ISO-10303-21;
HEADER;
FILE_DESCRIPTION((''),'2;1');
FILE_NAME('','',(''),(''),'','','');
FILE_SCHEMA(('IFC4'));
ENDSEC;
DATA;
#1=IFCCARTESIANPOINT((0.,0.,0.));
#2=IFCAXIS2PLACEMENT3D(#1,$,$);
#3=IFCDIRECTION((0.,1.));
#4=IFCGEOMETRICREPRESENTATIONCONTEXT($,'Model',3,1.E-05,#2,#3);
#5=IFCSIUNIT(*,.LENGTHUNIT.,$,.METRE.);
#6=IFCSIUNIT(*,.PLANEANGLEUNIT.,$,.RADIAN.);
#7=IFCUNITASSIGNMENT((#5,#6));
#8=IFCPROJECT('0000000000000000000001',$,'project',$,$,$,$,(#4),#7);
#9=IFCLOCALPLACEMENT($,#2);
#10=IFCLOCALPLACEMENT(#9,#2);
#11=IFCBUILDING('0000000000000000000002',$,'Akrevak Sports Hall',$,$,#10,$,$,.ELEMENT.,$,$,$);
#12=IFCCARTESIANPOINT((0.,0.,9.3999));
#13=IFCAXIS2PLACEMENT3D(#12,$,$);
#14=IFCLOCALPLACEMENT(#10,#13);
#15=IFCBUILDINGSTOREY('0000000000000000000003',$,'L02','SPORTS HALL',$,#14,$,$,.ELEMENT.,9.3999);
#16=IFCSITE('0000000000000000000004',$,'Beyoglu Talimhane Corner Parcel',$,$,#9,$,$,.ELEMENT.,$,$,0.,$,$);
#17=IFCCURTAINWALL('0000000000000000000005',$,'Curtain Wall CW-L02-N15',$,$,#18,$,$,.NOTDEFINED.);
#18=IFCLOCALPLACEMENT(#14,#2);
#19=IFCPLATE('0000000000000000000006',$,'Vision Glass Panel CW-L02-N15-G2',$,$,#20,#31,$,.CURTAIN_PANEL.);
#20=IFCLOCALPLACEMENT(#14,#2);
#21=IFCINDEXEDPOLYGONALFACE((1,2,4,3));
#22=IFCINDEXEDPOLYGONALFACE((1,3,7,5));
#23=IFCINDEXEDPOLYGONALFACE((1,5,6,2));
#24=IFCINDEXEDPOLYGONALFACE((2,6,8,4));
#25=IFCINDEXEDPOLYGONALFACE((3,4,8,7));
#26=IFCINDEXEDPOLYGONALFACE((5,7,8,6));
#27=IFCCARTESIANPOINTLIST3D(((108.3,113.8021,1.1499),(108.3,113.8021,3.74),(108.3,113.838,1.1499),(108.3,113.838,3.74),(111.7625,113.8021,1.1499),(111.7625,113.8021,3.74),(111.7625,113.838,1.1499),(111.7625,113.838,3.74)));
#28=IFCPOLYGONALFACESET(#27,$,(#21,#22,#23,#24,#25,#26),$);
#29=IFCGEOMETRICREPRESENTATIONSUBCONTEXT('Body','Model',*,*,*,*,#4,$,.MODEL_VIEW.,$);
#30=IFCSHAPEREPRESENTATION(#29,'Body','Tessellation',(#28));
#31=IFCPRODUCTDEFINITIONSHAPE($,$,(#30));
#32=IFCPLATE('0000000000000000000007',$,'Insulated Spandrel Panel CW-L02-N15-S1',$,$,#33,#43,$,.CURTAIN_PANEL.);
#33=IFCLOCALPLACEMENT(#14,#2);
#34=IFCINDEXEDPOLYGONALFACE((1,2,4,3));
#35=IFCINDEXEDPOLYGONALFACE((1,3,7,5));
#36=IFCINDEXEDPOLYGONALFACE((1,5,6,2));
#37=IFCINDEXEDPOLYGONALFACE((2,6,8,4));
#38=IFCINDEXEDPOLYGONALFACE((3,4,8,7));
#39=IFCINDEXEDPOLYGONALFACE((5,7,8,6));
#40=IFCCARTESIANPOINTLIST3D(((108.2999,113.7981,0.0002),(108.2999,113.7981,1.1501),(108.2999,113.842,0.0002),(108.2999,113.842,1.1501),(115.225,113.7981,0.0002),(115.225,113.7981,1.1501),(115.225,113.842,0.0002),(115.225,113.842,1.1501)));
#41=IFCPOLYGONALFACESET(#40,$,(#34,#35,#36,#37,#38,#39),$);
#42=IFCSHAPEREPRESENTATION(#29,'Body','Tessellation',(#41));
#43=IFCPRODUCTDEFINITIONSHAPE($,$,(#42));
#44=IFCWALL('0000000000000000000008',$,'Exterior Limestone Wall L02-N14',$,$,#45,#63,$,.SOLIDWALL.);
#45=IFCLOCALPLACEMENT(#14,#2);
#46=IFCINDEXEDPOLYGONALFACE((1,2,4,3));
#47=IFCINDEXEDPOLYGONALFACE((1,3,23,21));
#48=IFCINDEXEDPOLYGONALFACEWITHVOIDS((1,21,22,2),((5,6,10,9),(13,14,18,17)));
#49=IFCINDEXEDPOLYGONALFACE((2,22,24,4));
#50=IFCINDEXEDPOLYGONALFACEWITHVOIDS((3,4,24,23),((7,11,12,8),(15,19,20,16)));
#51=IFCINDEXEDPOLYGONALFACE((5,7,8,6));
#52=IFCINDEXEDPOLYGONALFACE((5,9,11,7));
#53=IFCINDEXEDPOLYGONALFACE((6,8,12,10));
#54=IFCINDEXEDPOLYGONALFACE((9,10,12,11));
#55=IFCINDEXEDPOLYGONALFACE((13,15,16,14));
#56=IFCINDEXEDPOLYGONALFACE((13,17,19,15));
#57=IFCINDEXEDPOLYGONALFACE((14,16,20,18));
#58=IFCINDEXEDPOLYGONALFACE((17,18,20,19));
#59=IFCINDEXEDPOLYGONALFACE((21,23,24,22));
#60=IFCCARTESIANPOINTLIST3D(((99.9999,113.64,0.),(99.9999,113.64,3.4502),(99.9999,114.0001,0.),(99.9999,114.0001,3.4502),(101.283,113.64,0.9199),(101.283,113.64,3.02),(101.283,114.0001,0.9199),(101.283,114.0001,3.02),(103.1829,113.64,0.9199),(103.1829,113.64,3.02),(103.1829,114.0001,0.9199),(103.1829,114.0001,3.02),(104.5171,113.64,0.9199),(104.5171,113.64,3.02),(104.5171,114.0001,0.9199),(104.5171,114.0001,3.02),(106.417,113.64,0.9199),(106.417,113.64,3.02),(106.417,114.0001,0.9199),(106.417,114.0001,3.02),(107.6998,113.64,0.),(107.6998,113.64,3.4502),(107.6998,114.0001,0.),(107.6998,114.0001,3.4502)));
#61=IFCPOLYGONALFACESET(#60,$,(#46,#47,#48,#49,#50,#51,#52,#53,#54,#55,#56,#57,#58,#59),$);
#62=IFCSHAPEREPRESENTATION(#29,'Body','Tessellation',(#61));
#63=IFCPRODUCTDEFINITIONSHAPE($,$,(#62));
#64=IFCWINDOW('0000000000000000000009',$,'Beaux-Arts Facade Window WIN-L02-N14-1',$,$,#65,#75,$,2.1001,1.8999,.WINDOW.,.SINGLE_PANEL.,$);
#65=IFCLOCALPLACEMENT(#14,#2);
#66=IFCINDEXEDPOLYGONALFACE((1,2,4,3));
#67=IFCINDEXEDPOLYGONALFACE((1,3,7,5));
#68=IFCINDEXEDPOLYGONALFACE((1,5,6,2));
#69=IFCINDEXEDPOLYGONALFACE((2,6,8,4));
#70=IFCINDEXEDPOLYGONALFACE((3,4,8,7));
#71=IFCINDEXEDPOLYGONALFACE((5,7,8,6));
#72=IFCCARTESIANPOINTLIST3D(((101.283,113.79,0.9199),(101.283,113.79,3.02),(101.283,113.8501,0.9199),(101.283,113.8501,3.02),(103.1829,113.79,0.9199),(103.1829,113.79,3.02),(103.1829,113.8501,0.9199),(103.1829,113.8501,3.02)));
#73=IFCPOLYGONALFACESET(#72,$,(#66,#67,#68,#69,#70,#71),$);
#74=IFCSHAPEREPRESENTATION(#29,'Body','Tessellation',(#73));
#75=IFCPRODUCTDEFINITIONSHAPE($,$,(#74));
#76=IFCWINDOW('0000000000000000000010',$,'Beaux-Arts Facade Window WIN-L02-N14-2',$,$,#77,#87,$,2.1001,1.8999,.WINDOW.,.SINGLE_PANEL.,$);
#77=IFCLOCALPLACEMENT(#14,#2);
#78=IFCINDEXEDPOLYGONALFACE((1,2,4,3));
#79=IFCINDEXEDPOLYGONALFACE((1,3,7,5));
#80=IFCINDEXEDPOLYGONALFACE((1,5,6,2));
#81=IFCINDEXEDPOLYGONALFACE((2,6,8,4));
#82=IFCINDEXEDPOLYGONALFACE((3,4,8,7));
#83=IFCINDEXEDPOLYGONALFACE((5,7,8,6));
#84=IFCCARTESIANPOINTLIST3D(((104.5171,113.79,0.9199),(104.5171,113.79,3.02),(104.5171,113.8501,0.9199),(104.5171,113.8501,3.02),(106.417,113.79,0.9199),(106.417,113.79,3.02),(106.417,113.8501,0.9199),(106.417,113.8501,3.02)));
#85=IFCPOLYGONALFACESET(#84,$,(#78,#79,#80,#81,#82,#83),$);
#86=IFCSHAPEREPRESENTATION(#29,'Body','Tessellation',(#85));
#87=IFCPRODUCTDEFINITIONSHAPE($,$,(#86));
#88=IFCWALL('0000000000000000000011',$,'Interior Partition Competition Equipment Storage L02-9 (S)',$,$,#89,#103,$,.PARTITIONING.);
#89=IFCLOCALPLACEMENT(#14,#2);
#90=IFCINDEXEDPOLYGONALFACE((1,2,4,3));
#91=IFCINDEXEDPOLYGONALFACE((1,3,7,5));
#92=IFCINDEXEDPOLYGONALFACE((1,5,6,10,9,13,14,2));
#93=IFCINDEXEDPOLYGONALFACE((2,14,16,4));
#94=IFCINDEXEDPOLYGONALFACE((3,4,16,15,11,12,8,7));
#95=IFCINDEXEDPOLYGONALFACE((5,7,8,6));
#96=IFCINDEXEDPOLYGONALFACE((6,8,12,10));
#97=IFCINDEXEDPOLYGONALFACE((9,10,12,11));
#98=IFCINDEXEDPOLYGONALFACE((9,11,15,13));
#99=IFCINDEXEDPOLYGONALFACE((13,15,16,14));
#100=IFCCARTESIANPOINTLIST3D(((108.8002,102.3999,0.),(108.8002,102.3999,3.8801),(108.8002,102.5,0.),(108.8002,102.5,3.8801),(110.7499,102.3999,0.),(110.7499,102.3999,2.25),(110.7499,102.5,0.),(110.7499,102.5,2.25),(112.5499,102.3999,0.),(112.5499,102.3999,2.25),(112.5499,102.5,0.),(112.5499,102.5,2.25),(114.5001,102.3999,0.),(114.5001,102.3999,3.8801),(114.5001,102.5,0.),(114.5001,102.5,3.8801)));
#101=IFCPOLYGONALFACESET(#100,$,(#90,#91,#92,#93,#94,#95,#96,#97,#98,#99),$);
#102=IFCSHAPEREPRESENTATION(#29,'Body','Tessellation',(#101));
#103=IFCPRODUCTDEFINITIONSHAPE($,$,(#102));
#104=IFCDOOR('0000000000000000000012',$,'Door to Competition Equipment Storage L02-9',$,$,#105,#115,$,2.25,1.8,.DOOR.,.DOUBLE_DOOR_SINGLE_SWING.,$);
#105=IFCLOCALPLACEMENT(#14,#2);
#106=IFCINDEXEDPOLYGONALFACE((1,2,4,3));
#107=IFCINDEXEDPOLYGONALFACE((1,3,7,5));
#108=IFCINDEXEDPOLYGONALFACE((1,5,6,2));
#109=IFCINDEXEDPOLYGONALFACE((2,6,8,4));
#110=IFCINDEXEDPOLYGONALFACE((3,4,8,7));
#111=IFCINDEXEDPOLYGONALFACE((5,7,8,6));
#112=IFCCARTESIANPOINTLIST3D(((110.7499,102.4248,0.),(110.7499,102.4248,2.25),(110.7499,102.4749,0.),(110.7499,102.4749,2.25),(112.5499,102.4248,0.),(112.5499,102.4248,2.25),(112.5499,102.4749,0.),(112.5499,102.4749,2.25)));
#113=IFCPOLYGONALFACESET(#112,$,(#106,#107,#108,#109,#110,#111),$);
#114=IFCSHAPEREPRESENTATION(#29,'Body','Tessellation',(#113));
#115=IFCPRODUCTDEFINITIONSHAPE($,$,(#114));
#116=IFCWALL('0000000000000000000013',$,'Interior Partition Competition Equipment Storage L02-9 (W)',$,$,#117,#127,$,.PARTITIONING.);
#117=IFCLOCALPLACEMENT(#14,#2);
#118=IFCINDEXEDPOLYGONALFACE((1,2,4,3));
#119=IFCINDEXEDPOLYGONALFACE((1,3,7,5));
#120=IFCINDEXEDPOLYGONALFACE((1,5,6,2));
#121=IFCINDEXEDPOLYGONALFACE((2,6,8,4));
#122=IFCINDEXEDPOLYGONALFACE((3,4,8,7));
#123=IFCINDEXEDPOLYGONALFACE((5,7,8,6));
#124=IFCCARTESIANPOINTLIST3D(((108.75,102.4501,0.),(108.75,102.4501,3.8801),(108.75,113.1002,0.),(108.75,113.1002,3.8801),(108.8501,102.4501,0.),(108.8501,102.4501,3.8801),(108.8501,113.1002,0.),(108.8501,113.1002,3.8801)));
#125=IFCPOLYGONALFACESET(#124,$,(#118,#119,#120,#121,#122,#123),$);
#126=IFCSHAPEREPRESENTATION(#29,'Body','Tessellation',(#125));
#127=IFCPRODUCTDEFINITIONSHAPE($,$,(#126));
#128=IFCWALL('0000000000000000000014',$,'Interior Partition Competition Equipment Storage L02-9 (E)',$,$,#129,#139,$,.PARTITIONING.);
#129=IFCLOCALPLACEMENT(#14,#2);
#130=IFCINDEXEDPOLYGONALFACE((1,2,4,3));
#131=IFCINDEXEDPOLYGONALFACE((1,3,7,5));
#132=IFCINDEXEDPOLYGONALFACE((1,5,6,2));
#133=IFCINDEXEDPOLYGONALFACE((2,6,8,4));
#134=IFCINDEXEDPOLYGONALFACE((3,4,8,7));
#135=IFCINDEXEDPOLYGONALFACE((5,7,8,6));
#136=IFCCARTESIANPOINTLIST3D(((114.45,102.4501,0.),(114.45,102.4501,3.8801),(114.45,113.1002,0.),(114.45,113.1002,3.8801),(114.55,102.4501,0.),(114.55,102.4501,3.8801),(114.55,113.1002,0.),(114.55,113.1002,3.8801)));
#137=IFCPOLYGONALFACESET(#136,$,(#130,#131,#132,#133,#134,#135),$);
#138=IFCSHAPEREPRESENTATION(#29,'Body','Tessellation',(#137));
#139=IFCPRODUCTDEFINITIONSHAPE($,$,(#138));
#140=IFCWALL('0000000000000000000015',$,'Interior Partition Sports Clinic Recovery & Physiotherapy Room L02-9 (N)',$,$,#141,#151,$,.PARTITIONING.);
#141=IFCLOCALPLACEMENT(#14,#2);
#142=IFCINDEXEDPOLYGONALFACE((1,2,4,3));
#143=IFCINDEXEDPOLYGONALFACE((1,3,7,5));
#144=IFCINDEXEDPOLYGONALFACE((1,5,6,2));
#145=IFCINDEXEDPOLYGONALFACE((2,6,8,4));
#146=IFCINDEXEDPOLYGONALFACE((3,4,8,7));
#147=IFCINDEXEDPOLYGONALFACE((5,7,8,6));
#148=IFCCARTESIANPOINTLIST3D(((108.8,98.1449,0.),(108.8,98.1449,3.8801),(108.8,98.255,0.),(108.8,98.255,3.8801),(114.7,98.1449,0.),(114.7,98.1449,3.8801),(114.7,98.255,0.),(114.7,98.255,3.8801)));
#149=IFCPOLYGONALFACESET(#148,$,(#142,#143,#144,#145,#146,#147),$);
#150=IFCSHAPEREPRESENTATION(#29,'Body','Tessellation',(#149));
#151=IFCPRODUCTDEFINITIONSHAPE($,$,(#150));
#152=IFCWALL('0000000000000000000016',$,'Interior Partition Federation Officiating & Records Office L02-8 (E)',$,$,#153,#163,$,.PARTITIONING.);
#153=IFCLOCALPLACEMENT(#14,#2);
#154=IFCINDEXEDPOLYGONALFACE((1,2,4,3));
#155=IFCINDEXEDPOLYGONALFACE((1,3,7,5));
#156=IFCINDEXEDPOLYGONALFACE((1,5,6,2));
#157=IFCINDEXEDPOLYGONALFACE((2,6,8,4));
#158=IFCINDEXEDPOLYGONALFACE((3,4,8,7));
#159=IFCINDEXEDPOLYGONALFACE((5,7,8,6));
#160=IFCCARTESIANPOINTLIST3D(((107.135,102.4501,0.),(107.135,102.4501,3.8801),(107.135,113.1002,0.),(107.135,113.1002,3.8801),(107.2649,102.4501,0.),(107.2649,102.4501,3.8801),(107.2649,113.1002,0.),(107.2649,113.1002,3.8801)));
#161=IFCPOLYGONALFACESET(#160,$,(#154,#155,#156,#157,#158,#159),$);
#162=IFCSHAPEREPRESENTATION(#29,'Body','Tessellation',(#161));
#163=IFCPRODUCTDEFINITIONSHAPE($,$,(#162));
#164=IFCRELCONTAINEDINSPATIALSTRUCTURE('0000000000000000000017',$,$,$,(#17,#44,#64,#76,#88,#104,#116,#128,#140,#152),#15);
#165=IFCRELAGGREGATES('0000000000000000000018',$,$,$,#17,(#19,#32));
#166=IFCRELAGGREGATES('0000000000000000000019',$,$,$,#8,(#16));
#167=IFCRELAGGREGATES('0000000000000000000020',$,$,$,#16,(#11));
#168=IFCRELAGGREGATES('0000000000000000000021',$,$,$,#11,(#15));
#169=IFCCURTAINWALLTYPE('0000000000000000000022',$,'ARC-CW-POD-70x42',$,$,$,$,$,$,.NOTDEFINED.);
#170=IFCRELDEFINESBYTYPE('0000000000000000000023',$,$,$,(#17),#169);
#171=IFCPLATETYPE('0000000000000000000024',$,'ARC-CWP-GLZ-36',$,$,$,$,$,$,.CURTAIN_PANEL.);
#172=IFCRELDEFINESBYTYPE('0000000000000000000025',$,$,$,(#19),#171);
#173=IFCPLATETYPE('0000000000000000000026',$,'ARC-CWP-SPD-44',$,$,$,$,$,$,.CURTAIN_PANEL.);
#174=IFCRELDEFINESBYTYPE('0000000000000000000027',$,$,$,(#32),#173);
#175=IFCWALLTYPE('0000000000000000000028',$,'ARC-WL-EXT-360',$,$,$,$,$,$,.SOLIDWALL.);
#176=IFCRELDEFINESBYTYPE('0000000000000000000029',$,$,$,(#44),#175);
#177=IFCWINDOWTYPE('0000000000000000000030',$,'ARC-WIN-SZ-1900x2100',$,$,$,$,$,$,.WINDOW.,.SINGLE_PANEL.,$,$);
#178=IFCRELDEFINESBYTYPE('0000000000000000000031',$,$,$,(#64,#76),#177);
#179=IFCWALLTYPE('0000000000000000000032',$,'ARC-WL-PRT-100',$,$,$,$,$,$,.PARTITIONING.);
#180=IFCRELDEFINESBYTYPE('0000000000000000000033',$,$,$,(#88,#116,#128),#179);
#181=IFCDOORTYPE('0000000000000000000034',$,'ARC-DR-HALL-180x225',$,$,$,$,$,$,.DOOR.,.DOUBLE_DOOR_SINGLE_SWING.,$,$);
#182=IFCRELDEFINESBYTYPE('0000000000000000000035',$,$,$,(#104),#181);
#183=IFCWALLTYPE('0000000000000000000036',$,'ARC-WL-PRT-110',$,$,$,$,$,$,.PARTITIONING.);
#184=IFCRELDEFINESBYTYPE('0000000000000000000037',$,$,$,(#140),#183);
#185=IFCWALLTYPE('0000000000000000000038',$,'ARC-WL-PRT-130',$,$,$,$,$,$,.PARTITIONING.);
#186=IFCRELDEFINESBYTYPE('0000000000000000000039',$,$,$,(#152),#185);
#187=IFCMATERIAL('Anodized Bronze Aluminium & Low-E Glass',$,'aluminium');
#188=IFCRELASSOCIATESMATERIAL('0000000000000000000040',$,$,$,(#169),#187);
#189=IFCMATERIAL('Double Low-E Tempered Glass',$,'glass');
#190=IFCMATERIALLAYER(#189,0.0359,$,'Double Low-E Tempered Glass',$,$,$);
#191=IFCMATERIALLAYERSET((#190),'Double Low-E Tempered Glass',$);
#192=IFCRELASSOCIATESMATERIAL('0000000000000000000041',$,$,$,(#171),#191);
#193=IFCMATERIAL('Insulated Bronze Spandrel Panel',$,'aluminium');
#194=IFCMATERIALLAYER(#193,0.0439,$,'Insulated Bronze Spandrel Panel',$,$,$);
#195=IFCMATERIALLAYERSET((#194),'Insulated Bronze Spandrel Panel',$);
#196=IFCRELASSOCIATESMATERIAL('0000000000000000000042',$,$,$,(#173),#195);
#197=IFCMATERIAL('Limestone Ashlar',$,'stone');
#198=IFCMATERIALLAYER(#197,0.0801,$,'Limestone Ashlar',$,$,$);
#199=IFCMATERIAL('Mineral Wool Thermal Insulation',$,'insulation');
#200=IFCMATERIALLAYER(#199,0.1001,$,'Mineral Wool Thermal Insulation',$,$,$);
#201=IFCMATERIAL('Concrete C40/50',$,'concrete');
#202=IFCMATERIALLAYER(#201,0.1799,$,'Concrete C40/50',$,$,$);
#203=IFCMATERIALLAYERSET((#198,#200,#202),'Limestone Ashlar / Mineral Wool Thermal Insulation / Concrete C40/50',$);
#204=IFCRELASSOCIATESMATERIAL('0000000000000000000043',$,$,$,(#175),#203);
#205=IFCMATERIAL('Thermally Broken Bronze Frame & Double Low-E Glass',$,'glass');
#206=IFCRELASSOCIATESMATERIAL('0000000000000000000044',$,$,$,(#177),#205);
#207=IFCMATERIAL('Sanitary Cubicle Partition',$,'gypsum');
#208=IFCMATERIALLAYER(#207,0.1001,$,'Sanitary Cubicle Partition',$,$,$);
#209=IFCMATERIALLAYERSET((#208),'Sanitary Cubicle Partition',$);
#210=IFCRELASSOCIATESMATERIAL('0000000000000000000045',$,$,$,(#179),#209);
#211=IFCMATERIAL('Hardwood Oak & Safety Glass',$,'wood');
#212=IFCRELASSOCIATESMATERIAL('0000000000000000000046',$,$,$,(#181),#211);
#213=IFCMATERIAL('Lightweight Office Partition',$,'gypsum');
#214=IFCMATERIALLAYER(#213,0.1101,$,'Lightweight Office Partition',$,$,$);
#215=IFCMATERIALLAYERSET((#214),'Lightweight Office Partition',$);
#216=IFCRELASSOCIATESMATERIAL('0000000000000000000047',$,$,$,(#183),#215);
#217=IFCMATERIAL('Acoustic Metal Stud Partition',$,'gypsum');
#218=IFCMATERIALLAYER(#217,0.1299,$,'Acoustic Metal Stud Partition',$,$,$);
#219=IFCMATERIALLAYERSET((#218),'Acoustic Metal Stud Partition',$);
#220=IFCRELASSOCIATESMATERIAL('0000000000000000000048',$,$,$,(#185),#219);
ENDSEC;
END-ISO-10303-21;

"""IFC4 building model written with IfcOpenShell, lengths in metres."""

from ifc_helpers import new_model, si_unit, direction, frame, frame_2d, origin, origin_2d, place, context, subcontext, project, spatial, rectangle, extrude, material, layer, layer_set, type_object, element, fill, aggregate, save


model = new_model("IFC4")

# Units and contexts
model_context = context("Model", 3, precision=1e-05, world=origin(), true_north=direction((0.0, 1.0)))
body_context = subcontext(model_context, "Body", "Model", "MODEL_VIEW")
ifc_project = project(units=[si_unit("LENGTHUNIT", "METRE"), si_unit("PLANEANGLEUNIT", "RADIAN")], contexts=[model_context])

# Site, building, storey
site_placement = place(None, origin())
site = spatial("IfcSite", under=ifc_project, at=site_placement, Name="Beyoglu Talimhane Corner Parcel", CompositionType="ELEMENT", RefElevation=0.0)
building_placement = place(site_placement, origin())
building = spatial("IfcBuilding", under=site, at=building_placement, Name="Akrevak Sports Hall", CompositionType="ELEMENT")
storey_placement = place(building_placement, frame((0.0, 0.0, 9.3999)))
storey = spatial("IfcBuildingStorey", under=building, at=storey_placement, Name="L02", Description="SPORTS HALL", CompositionType="ELEMENT", Elevation=9.3999)

# Shared definitions
ifc_material_1 = material(Name="Concrete C40/50", Category="concrete")

# Curtain wall
ifc_material_2 = material(Name="Anodized Bronze Aluminium & Low-E Glass", Category="aluminium")
curtain_wall_type = type_object("IfcCurtainWallType", Name="ARC-CW-POD-70x42", PredefinedType="NOTDEFINED", material=ifc_material_2)
curtain_wall_placement = place(storey_placement, origin())
curtain_wall = element("IfcCurtainWall", 1, at=curtain_wall_placement, inside=storey, type_object=curtain_wall_type, Name="Curtain Wall CW-L02-N15", PredefinedType="NOTDEFINED")

# Plates
ifc_material_3 = material(Name="Double Low-E Tempered Glass", Category="glass")
ifc_layer_1 = layer(ifc_material_3, 0.0359, Name="Double Low-E Tempered Glass")
ifc_layer_set_1 = layer_set([ifc_layer_1], Name="Double Low-E Tempered Glass")
plate_type_1 = type_object("IfcPlateType", Name="ARC-CWP-GLZ-36", PredefinedType="CURTAIN_PANEL", material=ifc_layer_set_1)
plate_1_placement = place(storey_placement, frame((110.0312, 113.8201, 1.1499), z_axis=(0.0, 0.0, 1.0), x_axis=(-1.0, 0.0, 0.0)))
plate_1 = element("IfcPlate", 2, at=plate_1_placement, type_object=plate_type_1, Name="Vision Glass Panel CW-L02-N15-G2", PredefinedType="CURTAIN_PANEL", context=body_context, shape_type="SweptSolid", body=[
    extrude(rectangle(XDim=3.4624, YDim=0.0359, at=origin_2d()), origin(), (0.0, 0.0, 1.0), 2.5901),
])
ifc_material_4 = material(Name="Insulated Bronze Spandrel Panel", Category="aluminium")
ifc_layer_2 = layer(ifc_material_4, 0.0439, Name="Insulated Bronze Spandrel Panel")
ifc_layer_set_2 = layer_set([ifc_layer_2], Name="Insulated Bronze Spandrel Panel")
plate_type_2 = type_object("IfcPlateType", Name="ARC-CWP-SPD-44", PredefinedType="CURTAIN_PANEL", material=ifc_layer_set_2)
plate_2_placement = place(storey_placement, frame((111.7625, 113.8201, 0.0002), z_axis=(0.0, 0.0, 1.0), x_axis=(-1.0, 0.0, 0.0)))
plate_2 = element("IfcPlate", 3, at=plate_2_placement, type_object=plate_type_2, Name="Insulated Spandrel Panel CW-L02-N15-S1", PredefinedType="CURTAIN_PANEL", context=body_context, shape_type="SweptSolid", body=[
    extrude(rectangle(XDim=6.925, YDim=0.0439, at=origin_2d()), origin(), (0.0, 0.0, 1.0), 1.1499),
])
aggregate(curtain_wall, [plate_1, plate_2])

# Wall, openings, windows
ifc_material_5 = material(Name="Limestone Ashlar", Category="stone")
ifc_layer_3 = layer(ifc_material_5, 0.0801, Name="Limestone Ashlar")
ifc_material_6 = material(Name="Mineral Wool Thermal Insulation", Category="insulation")
ifc_layer_4 = layer(ifc_material_6, 0.1001, Name="Mineral Wool Thermal Insulation")
ifc_layer_5 = layer(ifc_material_1, 0.1799, Name="Concrete C40/50")
ifc_layer_set_3 = layer_set([ifc_layer_3, ifc_layer_4, ifc_layer_5], Name="Limestone Ashlar / Mineral Wool Thermal Insulation / Concrete C40/50")
wall_type_1 = type_object("IfcWallType", Name="ARC-WL-EXT-360", PredefinedType="SOLIDWALL", material=ifc_layer_set_3)
wall_1_placement = place(storey_placement, frame((107.7, 113.8201, 0.0), z_axis=(0.0, 0.0, 1.0), x_axis=(-1.0, 0.0, 0.0)))
wall_1 = element("IfcWall", 4, at=wall_1_placement, inside=storey, type_object=wall_type_1, Name="Exterior Limestone Wall L02-N14", PredefinedType="SOLIDWALL", context=body_context, shape_type="SweptSolid", body=[
    extrude(rectangle(XDim=7.7, YDim=0.3601, at=frame_2d((3.8501, 0.0))), origin(), (0.0, 0.0, 1.0), 3.4502),
])
opening_1_placement = place(wall_1_placement, frame((4.5171, 0.0, 0.9199)))
opening_1 = element("IfcOpeningElement", 5, at=opening_1_placement, cuts=wall_1, PredefinedType="OPENING", context=body_context, shape_type="SweptSolid", body=[
    extrude(rectangle(XDim=1.8999, YDim=2.1001, at=frame_2d((0.95, 1.05))), frame((0.0, 0.1919, 0.0), z_axis=(0.0, -1.0, 0.0), x_axis=(1.0, 0.0, 0.0)), (0.0, 0.0, 1.0), 0.384),
])
opening_2_placement = place(wall_1_placement, frame((1.283, 0.0, 0.9199)))
opening_2 = element("IfcOpeningElement", 6, at=opening_2_placement, cuts=wall_1, PredefinedType="OPENING", context=body_context, shape_type="SweptSolid", body=[
    extrude(rectangle(XDim=1.8999, YDim=2.1001, at=frame_2d((0.95, 1.05))), frame((0.0, 0.1919, 0.0), z_axis=(0.0, -1.0, 0.0), x_axis=(1.0, 0.0, 0.0)), (0.0, 0.0, 1.0), 0.384),
])
ifc_material_7 = material(Name="Thermally Broken Bronze Frame & Double Low-E Glass", Category="glass")
window_type = type_object("IfcWindowType", Name="ARC-WIN-SZ-1900x2100", PartitioningType="SINGLE_PANEL", PredefinedType="WINDOW", material=ifc_material_7)
window_1_placement = place(opening_1_placement, origin())
window_1 = element("IfcWindow", 7, at=window_1_placement, inside=storey, type_object=window_type, Name="Beaux-Arts Facade Window WIN-L02-N14-1", OverallHeight=2.1001, OverallWidth=1.8999, PartitioningType="SINGLE_PANEL", PredefinedType="WINDOW", context=body_context, shape_type="SweptSolid", body=[
    extrude(rectangle(XDim=1.8999, YDim=2.1001, at=frame_2d((0.95, 1.05))), frame((0.0, 0.03, 0.0), z_axis=(0.0, -1.0, 0.0), x_axis=(1.0, 0.0, 0.0)), (0.0, 0.0, 1.0), 0.0601),
])
fill(opening_1, window_1)
window_2_placement = place(opening_2_placement, origin())
window_2 = element("IfcWindow", 8, at=window_2_placement, inside=storey, type_object=window_type, Name="Beaux-Arts Facade Window WIN-L02-N14-2", OverallHeight=2.1001, OverallWidth=1.8999, PartitioningType="SINGLE_PANEL", PredefinedType="WINDOW", context=body_context, shape_type="SweptSolid", body=[
    extrude(rectangle(XDim=1.8999, YDim=2.1001, at=frame_2d((0.95, 1.05))), frame((0.0, 0.03, 0.0), z_axis=(0.0, -1.0, 0.0), x_axis=(1.0, 0.0, 0.0)), (0.0, 0.0, 1.0), 0.0601),
])
fill(opening_2, window_2)

# Wall, opening, door
ifc_material_8 = material(Name="Sanitary Cubicle Partition", Category="gypsum")
ifc_layer_6 = layer(ifc_material_8, 0.1001, Name="Sanitary Cubicle Partition")
ifc_layer_set_4 = layer_set([ifc_layer_6], Name="Sanitary Cubicle Partition")
wall_type_2 = type_object("IfcWallType", Name="ARC-WL-PRT-100", PredefinedType="PARTITIONING", material=ifc_layer_set_4)
wall_2_placement = place(storey_placement, frame((108.8, 102.45, 0.0), z_axis=(0.0, 0.0, 1.0), x_axis=(1.0, 0.0, 0.0)))
wall_2 = element("IfcWall", 9, at=wall_2_placement, inside=storey, type_object=wall_type_2, Name="Interior Partition Competition Equipment Storage L02-9 (S)", PredefinedType="PARTITIONING", context=body_context, shape_type="SweptSolid", body=[
    extrude(rectangle(XDim=5.7, YDim=0.1001, at=frame_2d((2.8501, 0.0))), origin(), (0.0, 0.0, 1.0), 3.8801),
])
opening_3_placement = place(wall_2_placement, frame((1.95, 0.0, 0.0)))
opening_3 = element("IfcOpeningElement", 10, at=opening_3_placement, cuts=wall_2, PredefinedType="OPENING", context=body_context, shape_type="SweptSolid", body=[
    extrude(rectangle(XDim=1.8, YDim=2.25, at=frame_2d((0.8999, 1.125))), frame((0.0, 0.062, 0.0), z_axis=(0.0, -1.0, 0.0), x_axis=(1.0, 0.0, 0.0)), (0.0, 0.0, 1.0), 0.124),
])
ifc_material_9 = material(Name="Hardwood Oak & Safety Glass", Category="wood")
door_type = type_object("IfcDoorType", Name="ARC-DR-HALL-180x225", OperationType="DOUBLE_DOOR_SINGLE_SWING", PredefinedType="DOOR", material=ifc_material_9)
door_placement = place(opening_3_placement, origin())
door = element("IfcDoor", 11, at=door_placement, inside=storey, type_object=door_type, Name="Door to Competition Equipment Storage L02-9", OperationType="DOUBLE_DOOR_SINGLE_SWING", OverallHeight=2.25, OverallWidth=1.8, PredefinedType="DOOR", context=body_context, shape_type="SweptSolid", body=[
    extrude(rectangle(XDim=1.8, YDim=2.25, at=frame_2d((0.8999, 1.125))), frame((0.0, 0.0249, 0.0), z_axis=(0.0, -1.0, 0.0), x_axis=(1.0, 0.0, 0.0)), (0.0, 0.0, 1.0), 0.05),
])
fill(opening_3, door)

# Walls
for number, where, z_axis, x_axis, name in (
    (12, (108.8, 102.45, 0.0), (0.0, 0.0, 1.0), (0.0, 1.0, 0.0), "Interior Partition Competition Equipment Storage L02-9 (W)"),
    (13, (114.5, 102.45, 0.0), (0.0, 0.0, 1.0), (0.0, 1.0, 0.0), "Interior Partition Competition Equipment Storage L02-9 (E)"),
):
    element("IfcWall", number, at=place(storey_placement, frame(where, z_axis=z_axis, x_axis=x_axis)), inside=storey, type_object=wall_type_2, Name=name, PredefinedType="PARTITIONING", context=body_context, shape_type="SweptSolid", body=[
        extrude(rectangle(XDim=10.6501, YDim=0.1001, at=frame_2d((5.3252, 0.0))), origin(), (0.0, 0.0, 1.0), 3.8801),
    ])
ifc_material_10 = material(Name="Lightweight Office Partition", Category="gypsum")
ifc_layer_7 = layer(ifc_material_10, 0.1101, Name="Lightweight Office Partition")
ifc_layer_set_5 = layer_set([ifc_layer_7], Name="Lightweight Office Partition")
wall_type_3 = type_object("IfcWallType", Name="ARC-WL-PRT-110", PredefinedType="PARTITIONING", material=ifc_layer_set_5)
wall_3_placement = place(storey_placement, frame((108.8, 98.2, 0.0), z_axis=(0.0, 0.0, 1.0), x_axis=(1.0, 0.0, 0.0)))
element("IfcWall", 14, at=wall_3_placement, inside=storey, type_object=wall_type_3, Name="Interior Partition Sports Clinic Recovery & Physiotherapy Room L02-9 (N)", PredefinedType="PARTITIONING", context=body_context, shape_type="SweptSolid", body=[
    extrude(rectangle(XDim=5.8999, YDim=0.1101, at=frame_2d((2.95, 0.0))), origin(), (0.0, 0.0, 1.0), 3.8801),
])
ifc_material_11 = material(Name="Acoustic Metal Stud Partition", Category="gypsum")
ifc_layer_8 = layer(ifc_material_11, 0.1299, Name="Acoustic Metal Stud Partition")
ifc_layer_set_6 = layer_set([ifc_layer_8], Name="Acoustic Metal Stud Partition")
wall_type_4 = type_object("IfcWallType", Name="ARC-WL-PRT-130", PredefinedType="PARTITIONING", material=ifc_layer_set_6)
wall_4_placement = place(storey_placement, frame((107.2, 102.45, 0.0), z_axis=(0.0, 0.0, 1.0), x_axis=(0.0, 1.0, 0.0)))
element("IfcWall", 15, at=wall_4_placement, inside=storey, type_object=wall_type_4, Name="Interior Partition Federation Officiating & Records Office L02-8 (E)", PredefinedType="PARTITIONING", context=body_context, shape_type="SweptSolid", body=[
    extrude(rectangle(XDim=10.6501, YDim=0.1299, at=frame_2d((5.3252, 0.0))), origin(), (0.0, 0.0, 1.0), 3.8801),
])

save(model, "model.ifc")
